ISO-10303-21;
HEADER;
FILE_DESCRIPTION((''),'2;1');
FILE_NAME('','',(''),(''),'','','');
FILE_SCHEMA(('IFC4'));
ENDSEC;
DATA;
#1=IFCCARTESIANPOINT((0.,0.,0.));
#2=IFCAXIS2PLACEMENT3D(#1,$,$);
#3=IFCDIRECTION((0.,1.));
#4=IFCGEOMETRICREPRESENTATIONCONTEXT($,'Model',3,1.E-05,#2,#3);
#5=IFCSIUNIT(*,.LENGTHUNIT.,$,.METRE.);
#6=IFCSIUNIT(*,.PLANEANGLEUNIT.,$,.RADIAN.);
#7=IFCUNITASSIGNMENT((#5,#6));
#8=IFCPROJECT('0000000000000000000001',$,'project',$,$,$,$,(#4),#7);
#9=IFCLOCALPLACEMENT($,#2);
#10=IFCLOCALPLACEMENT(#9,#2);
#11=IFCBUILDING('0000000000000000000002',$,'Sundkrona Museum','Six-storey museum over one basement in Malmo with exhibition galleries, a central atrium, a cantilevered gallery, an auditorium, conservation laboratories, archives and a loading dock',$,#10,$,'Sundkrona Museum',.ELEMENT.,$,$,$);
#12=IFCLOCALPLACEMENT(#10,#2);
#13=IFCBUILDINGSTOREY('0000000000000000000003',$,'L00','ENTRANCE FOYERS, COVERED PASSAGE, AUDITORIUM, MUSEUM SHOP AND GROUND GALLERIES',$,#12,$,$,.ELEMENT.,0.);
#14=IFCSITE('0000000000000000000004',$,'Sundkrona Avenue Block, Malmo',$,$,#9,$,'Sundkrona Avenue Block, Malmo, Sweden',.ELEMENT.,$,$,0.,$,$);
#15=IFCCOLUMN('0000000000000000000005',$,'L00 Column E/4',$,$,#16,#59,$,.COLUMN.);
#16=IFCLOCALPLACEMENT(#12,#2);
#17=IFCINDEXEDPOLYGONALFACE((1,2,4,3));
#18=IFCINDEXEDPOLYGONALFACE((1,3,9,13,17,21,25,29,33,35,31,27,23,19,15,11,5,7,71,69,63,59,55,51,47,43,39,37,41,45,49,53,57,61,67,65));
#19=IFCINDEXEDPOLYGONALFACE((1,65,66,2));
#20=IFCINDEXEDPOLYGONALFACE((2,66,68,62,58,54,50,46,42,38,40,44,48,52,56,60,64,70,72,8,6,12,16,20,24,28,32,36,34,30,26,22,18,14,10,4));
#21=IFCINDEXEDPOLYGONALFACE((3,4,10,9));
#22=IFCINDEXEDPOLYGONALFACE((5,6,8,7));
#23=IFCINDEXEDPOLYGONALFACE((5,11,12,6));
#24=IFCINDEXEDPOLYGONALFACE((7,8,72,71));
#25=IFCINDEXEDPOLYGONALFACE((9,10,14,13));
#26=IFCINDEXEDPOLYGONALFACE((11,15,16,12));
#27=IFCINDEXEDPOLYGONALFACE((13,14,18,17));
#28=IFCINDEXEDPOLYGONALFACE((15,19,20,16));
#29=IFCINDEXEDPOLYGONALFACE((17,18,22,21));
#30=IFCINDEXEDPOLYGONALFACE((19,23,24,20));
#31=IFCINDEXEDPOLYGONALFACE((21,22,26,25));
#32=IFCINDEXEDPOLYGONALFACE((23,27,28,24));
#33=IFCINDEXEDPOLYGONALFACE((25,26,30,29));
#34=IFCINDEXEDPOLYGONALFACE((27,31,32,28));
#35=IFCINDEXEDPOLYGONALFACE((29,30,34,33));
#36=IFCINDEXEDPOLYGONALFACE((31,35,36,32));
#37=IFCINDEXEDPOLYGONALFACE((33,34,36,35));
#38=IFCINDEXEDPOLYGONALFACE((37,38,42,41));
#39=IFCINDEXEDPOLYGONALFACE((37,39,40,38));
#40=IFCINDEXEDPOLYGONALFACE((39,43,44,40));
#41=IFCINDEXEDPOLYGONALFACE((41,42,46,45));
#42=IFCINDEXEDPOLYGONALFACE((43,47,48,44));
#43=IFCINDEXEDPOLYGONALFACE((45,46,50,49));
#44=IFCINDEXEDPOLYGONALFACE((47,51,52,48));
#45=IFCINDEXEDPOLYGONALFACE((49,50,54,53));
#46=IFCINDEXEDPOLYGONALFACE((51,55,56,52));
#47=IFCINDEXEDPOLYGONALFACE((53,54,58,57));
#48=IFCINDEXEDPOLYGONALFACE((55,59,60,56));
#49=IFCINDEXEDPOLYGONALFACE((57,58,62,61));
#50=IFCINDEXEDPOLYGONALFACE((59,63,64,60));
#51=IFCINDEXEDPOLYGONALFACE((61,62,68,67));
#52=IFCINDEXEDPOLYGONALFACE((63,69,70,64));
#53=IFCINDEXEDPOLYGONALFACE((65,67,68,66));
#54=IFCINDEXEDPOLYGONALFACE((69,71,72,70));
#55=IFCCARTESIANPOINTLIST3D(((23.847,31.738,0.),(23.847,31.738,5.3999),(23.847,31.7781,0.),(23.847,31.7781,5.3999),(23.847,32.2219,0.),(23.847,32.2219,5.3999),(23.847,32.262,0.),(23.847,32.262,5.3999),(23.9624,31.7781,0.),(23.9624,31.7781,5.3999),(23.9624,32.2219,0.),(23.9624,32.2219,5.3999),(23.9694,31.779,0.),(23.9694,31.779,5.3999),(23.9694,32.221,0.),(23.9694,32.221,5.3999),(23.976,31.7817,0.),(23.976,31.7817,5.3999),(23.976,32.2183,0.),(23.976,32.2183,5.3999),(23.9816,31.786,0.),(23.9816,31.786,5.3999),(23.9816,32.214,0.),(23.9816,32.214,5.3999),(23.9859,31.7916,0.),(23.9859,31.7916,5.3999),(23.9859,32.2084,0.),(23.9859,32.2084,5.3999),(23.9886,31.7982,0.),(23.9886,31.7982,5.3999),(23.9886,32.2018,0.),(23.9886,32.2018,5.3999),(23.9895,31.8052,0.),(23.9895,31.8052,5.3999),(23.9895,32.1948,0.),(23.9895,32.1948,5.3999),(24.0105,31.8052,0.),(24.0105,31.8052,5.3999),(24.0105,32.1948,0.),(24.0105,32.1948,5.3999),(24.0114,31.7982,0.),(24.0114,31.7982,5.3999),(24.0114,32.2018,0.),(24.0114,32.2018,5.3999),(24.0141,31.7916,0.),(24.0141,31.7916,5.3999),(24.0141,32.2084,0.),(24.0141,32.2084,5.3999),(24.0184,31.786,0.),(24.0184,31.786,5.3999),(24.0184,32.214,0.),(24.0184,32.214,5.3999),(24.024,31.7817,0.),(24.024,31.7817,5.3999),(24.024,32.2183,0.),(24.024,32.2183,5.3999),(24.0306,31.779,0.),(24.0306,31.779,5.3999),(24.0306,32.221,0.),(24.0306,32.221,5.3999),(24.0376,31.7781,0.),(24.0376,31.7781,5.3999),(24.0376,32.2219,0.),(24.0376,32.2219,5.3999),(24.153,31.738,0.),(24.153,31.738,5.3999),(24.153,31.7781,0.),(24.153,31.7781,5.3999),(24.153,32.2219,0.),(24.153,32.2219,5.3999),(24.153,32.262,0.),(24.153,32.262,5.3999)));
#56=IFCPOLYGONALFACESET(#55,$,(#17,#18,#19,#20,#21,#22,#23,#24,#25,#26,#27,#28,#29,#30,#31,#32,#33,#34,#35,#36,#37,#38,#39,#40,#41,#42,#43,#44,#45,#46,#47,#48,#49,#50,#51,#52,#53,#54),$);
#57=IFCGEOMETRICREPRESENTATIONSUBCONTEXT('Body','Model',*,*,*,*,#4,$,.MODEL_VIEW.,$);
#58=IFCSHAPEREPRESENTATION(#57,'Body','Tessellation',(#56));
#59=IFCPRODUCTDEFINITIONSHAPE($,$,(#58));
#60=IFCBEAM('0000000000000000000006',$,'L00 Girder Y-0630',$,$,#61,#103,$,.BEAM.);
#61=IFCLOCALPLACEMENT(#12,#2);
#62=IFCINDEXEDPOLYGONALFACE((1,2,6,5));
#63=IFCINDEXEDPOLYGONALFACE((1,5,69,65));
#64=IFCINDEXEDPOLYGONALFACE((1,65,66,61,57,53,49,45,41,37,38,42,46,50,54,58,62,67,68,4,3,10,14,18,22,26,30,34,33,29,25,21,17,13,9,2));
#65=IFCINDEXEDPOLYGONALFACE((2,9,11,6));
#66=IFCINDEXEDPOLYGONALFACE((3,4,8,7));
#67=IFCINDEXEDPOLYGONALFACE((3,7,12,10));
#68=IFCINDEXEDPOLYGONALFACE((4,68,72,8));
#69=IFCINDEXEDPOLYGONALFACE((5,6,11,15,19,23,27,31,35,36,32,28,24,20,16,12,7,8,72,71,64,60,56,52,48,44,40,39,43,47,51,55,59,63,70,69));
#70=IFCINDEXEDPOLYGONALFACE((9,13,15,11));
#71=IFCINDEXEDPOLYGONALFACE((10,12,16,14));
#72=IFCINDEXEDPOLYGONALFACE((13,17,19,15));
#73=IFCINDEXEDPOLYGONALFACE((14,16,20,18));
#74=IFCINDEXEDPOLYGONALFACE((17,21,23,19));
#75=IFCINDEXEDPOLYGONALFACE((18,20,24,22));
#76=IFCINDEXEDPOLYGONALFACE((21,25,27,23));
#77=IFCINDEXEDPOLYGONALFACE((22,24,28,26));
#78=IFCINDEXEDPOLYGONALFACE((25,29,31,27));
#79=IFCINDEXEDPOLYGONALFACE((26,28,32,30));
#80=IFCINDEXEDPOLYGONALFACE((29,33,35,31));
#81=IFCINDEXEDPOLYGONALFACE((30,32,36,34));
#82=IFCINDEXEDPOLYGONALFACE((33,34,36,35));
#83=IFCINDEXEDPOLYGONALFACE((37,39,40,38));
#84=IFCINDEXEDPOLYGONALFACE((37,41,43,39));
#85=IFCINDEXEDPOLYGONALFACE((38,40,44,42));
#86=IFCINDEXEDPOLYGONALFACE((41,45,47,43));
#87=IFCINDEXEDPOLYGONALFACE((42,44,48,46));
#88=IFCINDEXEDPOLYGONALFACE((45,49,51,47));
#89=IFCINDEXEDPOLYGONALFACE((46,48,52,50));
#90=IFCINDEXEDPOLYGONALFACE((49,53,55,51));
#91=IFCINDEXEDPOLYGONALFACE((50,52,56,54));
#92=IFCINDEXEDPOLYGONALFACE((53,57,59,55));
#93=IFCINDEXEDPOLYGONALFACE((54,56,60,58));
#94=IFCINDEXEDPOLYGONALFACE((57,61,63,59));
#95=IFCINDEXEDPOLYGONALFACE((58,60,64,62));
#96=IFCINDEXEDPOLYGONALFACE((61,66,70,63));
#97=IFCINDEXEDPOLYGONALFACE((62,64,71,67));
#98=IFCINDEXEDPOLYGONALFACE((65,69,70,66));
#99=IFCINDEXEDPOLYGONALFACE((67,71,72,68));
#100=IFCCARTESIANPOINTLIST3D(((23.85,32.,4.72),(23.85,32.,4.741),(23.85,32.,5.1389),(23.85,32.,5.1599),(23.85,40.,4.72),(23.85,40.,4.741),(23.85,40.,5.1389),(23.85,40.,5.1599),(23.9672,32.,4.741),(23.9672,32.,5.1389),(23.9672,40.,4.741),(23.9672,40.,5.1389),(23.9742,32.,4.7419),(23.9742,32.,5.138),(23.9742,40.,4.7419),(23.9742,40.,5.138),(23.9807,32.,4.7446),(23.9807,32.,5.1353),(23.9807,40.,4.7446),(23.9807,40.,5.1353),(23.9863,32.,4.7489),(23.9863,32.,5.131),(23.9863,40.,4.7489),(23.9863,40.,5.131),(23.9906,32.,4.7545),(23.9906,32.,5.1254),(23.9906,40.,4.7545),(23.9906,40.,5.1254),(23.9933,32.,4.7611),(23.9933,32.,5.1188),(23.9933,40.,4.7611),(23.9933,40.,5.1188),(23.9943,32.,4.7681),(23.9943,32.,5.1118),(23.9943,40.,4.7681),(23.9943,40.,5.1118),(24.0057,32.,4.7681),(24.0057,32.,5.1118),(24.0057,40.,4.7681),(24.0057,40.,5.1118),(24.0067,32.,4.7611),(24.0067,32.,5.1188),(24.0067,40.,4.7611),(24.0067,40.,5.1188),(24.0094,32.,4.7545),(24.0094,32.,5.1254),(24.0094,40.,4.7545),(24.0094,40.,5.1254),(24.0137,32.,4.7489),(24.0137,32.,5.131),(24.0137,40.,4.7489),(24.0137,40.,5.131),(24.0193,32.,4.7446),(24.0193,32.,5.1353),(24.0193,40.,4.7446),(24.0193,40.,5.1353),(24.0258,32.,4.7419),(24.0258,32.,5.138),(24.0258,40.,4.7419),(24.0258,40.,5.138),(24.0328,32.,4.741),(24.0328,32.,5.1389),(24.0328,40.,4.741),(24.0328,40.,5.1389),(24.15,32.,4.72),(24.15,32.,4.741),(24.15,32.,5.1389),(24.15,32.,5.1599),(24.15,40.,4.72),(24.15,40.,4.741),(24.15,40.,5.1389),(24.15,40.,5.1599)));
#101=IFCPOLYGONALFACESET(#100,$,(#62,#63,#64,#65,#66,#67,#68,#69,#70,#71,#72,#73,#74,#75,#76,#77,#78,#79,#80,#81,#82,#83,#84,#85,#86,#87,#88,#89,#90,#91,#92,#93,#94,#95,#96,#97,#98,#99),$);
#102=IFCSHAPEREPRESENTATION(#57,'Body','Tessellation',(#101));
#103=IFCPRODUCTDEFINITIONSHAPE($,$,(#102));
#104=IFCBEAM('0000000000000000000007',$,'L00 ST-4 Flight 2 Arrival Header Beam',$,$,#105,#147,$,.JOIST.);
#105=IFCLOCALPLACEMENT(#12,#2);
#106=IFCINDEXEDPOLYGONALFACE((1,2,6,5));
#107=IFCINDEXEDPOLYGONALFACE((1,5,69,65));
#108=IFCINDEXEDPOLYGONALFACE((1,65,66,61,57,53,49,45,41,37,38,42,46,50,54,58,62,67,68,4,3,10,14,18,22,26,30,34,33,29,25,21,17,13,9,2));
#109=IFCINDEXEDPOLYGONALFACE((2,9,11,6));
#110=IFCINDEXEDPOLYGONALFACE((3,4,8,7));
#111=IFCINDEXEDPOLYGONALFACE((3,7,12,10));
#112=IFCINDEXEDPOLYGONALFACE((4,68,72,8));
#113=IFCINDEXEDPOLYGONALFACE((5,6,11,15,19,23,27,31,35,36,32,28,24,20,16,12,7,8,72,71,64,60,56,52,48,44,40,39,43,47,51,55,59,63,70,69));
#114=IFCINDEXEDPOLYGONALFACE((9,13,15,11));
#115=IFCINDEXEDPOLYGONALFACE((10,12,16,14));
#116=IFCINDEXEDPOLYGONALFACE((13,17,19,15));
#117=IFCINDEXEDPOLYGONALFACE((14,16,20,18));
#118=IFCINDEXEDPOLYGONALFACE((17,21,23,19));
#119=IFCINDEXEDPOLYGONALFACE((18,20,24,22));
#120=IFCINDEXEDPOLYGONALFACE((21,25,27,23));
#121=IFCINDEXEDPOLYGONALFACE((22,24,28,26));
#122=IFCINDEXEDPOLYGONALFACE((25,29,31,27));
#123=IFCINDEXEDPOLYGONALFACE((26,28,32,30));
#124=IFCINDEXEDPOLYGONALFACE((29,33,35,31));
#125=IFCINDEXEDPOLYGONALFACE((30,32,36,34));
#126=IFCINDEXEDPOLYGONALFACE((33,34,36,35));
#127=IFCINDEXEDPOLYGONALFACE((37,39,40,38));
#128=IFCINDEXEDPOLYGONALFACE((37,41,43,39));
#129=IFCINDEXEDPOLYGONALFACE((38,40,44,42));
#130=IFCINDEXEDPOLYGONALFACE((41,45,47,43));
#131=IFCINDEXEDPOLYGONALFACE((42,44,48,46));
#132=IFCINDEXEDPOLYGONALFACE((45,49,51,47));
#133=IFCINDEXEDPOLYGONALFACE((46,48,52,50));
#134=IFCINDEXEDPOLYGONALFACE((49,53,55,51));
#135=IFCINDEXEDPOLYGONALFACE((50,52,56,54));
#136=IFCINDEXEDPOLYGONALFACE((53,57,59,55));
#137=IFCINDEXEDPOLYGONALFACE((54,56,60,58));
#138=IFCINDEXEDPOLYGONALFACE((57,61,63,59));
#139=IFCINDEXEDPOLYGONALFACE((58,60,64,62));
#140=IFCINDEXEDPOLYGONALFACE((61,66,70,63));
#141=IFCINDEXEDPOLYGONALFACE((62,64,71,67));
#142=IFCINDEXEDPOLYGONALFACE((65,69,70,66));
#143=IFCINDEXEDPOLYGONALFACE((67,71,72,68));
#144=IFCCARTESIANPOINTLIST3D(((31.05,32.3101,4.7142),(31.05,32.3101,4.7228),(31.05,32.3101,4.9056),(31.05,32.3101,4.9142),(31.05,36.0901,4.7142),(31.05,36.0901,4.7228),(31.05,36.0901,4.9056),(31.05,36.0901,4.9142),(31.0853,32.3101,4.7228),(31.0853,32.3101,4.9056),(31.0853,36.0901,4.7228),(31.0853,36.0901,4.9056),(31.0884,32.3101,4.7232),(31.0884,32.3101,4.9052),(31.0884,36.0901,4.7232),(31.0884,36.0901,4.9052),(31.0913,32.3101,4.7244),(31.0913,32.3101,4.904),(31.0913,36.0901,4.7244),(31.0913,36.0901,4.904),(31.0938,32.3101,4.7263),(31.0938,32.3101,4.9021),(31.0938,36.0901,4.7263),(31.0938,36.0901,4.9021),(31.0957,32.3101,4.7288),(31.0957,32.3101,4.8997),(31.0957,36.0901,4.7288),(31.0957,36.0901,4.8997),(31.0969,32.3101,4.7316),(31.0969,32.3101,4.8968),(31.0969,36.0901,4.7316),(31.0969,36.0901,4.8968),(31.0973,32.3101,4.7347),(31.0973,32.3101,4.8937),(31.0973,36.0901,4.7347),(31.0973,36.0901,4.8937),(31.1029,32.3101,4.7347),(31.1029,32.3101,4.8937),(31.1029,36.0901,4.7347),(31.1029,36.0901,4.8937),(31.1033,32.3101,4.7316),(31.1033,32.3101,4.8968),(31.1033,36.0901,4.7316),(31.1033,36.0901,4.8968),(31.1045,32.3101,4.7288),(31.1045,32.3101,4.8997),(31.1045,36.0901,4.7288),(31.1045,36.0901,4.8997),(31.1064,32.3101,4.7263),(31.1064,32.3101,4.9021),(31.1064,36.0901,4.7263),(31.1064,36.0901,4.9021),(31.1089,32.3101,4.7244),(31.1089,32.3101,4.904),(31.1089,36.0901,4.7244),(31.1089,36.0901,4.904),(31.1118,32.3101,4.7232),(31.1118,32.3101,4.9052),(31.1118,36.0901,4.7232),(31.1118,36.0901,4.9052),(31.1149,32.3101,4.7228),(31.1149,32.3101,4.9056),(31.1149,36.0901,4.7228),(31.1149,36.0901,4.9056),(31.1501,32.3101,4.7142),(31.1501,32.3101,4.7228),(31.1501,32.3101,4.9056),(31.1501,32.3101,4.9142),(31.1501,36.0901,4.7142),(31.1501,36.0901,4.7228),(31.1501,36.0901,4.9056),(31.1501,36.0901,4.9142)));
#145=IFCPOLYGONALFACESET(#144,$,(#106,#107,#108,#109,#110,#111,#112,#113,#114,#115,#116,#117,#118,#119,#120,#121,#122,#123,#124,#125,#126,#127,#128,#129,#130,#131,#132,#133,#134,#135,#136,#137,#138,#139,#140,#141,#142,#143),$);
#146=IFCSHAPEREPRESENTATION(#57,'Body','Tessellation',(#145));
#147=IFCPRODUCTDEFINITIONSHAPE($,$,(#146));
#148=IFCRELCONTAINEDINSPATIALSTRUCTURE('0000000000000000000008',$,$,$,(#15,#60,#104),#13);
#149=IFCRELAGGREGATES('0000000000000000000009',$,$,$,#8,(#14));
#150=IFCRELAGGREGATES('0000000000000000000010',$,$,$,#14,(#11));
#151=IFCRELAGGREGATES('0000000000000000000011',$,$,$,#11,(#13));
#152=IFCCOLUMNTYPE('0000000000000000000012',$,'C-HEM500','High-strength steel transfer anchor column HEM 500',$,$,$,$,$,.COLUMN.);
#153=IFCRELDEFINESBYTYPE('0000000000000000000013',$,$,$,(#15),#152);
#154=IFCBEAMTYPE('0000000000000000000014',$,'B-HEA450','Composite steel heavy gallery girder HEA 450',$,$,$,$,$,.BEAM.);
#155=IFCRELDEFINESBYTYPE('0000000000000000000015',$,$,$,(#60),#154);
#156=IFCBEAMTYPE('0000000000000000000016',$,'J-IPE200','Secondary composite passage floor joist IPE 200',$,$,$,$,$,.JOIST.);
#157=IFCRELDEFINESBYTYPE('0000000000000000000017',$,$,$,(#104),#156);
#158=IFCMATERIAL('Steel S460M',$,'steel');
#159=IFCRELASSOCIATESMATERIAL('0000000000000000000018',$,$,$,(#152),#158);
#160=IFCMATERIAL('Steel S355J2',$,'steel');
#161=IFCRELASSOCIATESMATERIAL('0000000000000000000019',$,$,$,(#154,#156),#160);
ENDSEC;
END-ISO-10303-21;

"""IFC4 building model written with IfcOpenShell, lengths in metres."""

from ifc_helpers import new_model, si_unit, direction, frame, origin, origin_2d, place, context, subcontext, project, spatial, i_section, extrude, material, material_profile, profile_set, type_object, element, save


model = new_model("IFC4")

# Units and contexts
model_context = context("Model", 3, precision=1e-05, world=origin(), true_north=direction((0.0, 1.0)))
body_context = subcontext(model_context, "Body", "Model", "MODEL_VIEW")
ifc_project = project(units=[si_unit("LENGTHUNIT", "METRE"), si_unit("PLANEANGLEUNIT", "RADIAN")], contexts=[model_context])

# Site, building, storey
site_placement = place(None, origin())
site = spatial("IfcSite", under=ifc_project, at=site_placement, Name="Sundkrona Avenue Block, Malmo", LongName="Sundkrona Avenue Block, Malmo, Sweden", CompositionType="ELEMENT", RefElevation=0.0)
building_placement = place(site_placement, origin())
building = spatial("IfcBuilding", under=site, at=building_placement, Name="Sundkrona Museum", Description="Six-storey museum over one basement in Malmo with exhibition galleries, a central atrium, a cantilevered gallery, an auditorium, conservation laboratories, archives and a loading dock", LongName="Sundkrona Museum", CompositionType="ELEMENT")
storey_placement = place(building_placement, origin())
storey = spatial("IfcBuildingStorey", under=building, at=storey_placement, Name="L00", Description="ENTRANCE FOYERS, COVERED PASSAGE, AUDITORIUM, MUSEUM SHOP AND GROUND GALLERIES", CompositionType="ELEMENT", Elevation=0.0)

# Column
ifc_material_1 = material(Name="Steel S460M", Category="steel")
ifc_material_profile_1 = material_profile(ifc_material_1, i_section(OverallWidth=0.3059, OverallDepth=0.5239, WebThickness=0.021, FlangeThickness=0.04, FilletRadius=0.0271, at=origin_2d()), Name="HEM 500")
ifc_profile_set_1 = profile_set([ifc_material_profile_1], Name="Steel S460M")
column_type = type_object("IfcColumnType", Name="C-HEM500", Description="High-strength steel transfer anchor column HEM 500", PredefinedType="COLUMN", material=ifc_profile_set_1)
column_placement = place(storey_placement, frame((24.0, 32.0, 0.0), z_axis=(0.0, 0.0, 1.0), x_axis=(1.0, 0.0, 0.0)))
element("IfcColumn", 1, at=column_placement, inside=storey, type_object=column_type, Name="L00 Column E/4", PredefinedType="COLUMN", context=body_context, shape_type="SweptSolid", body=[
    extrude(i_section(OverallWidth=0.3059, OverallDepth=0.5239, WebThickness=0.021, FlangeThickness=0.04, FilletRadius=0.0271, at=origin_2d()), origin(), (0.0, 0.0, 1.0), 5.3999),
])

# Beams
ifc_material_2 = material(Name="Steel S355J2", Category="steel")
ifc_material_profile_2 = material_profile(ifc_material_2, i_section(OverallWidth=0.3, OverallDepth=0.4399, WebThickness=0.0115, FlangeThickness=0.021, FilletRadius=0.0271, at=origin_2d()), Name="HEA 450")
ifc_profile_set_2 = profile_set([ifc_material_profile_2], Name="Steel S355J2")
beam_type_1 = type_object("IfcBeamType", Name="B-HEA450", Description="Composite steel heavy gallery girder HEA 450", PredefinedType="BEAM", material=ifc_profile_set_2)
beam_1_placement = place(storey_placement, frame((24.0, 32.0, 4.9399), z_axis=(0.0, 1.0, 0.0), x_axis=(-1.0, 0.0, 0.0)))
element("IfcBeam", 2, at=beam_1_placement, inside=storey, type_object=beam_type_1, Name="L00 Girder Y-0630", PredefinedType="BEAM", context=body_context, shape_type="SweptSolid", body=[
    extrude(i_section(OverallWidth=0.3, OverallDepth=0.4399, WebThickness=0.0115, FlangeThickness=0.021, FilletRadius=0.0271, at=origin_2d()), origin(), (0.0, 0.0, 1.0), 8.0),
])
ifc_material_profile_3 = material_profile(ifc_material_2, i_section(OverallWidth=0.1001, OverallDepth=0.2, WebThickness=0.0056, FlangeThickness=0.0085, FilletRadius=0.012, at=origin_2d()), Name="IPE 200")
ifc_profile_set_3 = profile_set([ifc_material_profile_3], Name="Steel S355J2")
beam_type_2 = type_object("IfcBeamType", Name="J-IPE200", Description="Secondary composite passage floor joist IPE 200", PredefinedType="JOIST", material=ifc_profile_set_3)
beam_2_placement = place(storey_placement, frame((31.1001, 32.3101, 4.8142), z_axis=(0.0, 1.0, 0.0), x_axis=(-1.0, 0.0, 0.0)))
element("IfcBeam", 3, at=beam_2_placement, inside=storey, type_object=beam_type_2, Name="L00 ST-4 Flight 2 Arrival Header Beam", PredefinedType="JOIST", context=body_context, shape_type="SweptSolid", body=[
    extrude(i_section(OverallWidth=0.1001, OverallDepth=0.2, WebThickness=0.0056, FlangeThickness=0.0085, FilletRadius=0.012, at=origin_2d()), origin(), (0.0, 0.0, 1.0), 3.78),
])

save(model, "model.ifc")
